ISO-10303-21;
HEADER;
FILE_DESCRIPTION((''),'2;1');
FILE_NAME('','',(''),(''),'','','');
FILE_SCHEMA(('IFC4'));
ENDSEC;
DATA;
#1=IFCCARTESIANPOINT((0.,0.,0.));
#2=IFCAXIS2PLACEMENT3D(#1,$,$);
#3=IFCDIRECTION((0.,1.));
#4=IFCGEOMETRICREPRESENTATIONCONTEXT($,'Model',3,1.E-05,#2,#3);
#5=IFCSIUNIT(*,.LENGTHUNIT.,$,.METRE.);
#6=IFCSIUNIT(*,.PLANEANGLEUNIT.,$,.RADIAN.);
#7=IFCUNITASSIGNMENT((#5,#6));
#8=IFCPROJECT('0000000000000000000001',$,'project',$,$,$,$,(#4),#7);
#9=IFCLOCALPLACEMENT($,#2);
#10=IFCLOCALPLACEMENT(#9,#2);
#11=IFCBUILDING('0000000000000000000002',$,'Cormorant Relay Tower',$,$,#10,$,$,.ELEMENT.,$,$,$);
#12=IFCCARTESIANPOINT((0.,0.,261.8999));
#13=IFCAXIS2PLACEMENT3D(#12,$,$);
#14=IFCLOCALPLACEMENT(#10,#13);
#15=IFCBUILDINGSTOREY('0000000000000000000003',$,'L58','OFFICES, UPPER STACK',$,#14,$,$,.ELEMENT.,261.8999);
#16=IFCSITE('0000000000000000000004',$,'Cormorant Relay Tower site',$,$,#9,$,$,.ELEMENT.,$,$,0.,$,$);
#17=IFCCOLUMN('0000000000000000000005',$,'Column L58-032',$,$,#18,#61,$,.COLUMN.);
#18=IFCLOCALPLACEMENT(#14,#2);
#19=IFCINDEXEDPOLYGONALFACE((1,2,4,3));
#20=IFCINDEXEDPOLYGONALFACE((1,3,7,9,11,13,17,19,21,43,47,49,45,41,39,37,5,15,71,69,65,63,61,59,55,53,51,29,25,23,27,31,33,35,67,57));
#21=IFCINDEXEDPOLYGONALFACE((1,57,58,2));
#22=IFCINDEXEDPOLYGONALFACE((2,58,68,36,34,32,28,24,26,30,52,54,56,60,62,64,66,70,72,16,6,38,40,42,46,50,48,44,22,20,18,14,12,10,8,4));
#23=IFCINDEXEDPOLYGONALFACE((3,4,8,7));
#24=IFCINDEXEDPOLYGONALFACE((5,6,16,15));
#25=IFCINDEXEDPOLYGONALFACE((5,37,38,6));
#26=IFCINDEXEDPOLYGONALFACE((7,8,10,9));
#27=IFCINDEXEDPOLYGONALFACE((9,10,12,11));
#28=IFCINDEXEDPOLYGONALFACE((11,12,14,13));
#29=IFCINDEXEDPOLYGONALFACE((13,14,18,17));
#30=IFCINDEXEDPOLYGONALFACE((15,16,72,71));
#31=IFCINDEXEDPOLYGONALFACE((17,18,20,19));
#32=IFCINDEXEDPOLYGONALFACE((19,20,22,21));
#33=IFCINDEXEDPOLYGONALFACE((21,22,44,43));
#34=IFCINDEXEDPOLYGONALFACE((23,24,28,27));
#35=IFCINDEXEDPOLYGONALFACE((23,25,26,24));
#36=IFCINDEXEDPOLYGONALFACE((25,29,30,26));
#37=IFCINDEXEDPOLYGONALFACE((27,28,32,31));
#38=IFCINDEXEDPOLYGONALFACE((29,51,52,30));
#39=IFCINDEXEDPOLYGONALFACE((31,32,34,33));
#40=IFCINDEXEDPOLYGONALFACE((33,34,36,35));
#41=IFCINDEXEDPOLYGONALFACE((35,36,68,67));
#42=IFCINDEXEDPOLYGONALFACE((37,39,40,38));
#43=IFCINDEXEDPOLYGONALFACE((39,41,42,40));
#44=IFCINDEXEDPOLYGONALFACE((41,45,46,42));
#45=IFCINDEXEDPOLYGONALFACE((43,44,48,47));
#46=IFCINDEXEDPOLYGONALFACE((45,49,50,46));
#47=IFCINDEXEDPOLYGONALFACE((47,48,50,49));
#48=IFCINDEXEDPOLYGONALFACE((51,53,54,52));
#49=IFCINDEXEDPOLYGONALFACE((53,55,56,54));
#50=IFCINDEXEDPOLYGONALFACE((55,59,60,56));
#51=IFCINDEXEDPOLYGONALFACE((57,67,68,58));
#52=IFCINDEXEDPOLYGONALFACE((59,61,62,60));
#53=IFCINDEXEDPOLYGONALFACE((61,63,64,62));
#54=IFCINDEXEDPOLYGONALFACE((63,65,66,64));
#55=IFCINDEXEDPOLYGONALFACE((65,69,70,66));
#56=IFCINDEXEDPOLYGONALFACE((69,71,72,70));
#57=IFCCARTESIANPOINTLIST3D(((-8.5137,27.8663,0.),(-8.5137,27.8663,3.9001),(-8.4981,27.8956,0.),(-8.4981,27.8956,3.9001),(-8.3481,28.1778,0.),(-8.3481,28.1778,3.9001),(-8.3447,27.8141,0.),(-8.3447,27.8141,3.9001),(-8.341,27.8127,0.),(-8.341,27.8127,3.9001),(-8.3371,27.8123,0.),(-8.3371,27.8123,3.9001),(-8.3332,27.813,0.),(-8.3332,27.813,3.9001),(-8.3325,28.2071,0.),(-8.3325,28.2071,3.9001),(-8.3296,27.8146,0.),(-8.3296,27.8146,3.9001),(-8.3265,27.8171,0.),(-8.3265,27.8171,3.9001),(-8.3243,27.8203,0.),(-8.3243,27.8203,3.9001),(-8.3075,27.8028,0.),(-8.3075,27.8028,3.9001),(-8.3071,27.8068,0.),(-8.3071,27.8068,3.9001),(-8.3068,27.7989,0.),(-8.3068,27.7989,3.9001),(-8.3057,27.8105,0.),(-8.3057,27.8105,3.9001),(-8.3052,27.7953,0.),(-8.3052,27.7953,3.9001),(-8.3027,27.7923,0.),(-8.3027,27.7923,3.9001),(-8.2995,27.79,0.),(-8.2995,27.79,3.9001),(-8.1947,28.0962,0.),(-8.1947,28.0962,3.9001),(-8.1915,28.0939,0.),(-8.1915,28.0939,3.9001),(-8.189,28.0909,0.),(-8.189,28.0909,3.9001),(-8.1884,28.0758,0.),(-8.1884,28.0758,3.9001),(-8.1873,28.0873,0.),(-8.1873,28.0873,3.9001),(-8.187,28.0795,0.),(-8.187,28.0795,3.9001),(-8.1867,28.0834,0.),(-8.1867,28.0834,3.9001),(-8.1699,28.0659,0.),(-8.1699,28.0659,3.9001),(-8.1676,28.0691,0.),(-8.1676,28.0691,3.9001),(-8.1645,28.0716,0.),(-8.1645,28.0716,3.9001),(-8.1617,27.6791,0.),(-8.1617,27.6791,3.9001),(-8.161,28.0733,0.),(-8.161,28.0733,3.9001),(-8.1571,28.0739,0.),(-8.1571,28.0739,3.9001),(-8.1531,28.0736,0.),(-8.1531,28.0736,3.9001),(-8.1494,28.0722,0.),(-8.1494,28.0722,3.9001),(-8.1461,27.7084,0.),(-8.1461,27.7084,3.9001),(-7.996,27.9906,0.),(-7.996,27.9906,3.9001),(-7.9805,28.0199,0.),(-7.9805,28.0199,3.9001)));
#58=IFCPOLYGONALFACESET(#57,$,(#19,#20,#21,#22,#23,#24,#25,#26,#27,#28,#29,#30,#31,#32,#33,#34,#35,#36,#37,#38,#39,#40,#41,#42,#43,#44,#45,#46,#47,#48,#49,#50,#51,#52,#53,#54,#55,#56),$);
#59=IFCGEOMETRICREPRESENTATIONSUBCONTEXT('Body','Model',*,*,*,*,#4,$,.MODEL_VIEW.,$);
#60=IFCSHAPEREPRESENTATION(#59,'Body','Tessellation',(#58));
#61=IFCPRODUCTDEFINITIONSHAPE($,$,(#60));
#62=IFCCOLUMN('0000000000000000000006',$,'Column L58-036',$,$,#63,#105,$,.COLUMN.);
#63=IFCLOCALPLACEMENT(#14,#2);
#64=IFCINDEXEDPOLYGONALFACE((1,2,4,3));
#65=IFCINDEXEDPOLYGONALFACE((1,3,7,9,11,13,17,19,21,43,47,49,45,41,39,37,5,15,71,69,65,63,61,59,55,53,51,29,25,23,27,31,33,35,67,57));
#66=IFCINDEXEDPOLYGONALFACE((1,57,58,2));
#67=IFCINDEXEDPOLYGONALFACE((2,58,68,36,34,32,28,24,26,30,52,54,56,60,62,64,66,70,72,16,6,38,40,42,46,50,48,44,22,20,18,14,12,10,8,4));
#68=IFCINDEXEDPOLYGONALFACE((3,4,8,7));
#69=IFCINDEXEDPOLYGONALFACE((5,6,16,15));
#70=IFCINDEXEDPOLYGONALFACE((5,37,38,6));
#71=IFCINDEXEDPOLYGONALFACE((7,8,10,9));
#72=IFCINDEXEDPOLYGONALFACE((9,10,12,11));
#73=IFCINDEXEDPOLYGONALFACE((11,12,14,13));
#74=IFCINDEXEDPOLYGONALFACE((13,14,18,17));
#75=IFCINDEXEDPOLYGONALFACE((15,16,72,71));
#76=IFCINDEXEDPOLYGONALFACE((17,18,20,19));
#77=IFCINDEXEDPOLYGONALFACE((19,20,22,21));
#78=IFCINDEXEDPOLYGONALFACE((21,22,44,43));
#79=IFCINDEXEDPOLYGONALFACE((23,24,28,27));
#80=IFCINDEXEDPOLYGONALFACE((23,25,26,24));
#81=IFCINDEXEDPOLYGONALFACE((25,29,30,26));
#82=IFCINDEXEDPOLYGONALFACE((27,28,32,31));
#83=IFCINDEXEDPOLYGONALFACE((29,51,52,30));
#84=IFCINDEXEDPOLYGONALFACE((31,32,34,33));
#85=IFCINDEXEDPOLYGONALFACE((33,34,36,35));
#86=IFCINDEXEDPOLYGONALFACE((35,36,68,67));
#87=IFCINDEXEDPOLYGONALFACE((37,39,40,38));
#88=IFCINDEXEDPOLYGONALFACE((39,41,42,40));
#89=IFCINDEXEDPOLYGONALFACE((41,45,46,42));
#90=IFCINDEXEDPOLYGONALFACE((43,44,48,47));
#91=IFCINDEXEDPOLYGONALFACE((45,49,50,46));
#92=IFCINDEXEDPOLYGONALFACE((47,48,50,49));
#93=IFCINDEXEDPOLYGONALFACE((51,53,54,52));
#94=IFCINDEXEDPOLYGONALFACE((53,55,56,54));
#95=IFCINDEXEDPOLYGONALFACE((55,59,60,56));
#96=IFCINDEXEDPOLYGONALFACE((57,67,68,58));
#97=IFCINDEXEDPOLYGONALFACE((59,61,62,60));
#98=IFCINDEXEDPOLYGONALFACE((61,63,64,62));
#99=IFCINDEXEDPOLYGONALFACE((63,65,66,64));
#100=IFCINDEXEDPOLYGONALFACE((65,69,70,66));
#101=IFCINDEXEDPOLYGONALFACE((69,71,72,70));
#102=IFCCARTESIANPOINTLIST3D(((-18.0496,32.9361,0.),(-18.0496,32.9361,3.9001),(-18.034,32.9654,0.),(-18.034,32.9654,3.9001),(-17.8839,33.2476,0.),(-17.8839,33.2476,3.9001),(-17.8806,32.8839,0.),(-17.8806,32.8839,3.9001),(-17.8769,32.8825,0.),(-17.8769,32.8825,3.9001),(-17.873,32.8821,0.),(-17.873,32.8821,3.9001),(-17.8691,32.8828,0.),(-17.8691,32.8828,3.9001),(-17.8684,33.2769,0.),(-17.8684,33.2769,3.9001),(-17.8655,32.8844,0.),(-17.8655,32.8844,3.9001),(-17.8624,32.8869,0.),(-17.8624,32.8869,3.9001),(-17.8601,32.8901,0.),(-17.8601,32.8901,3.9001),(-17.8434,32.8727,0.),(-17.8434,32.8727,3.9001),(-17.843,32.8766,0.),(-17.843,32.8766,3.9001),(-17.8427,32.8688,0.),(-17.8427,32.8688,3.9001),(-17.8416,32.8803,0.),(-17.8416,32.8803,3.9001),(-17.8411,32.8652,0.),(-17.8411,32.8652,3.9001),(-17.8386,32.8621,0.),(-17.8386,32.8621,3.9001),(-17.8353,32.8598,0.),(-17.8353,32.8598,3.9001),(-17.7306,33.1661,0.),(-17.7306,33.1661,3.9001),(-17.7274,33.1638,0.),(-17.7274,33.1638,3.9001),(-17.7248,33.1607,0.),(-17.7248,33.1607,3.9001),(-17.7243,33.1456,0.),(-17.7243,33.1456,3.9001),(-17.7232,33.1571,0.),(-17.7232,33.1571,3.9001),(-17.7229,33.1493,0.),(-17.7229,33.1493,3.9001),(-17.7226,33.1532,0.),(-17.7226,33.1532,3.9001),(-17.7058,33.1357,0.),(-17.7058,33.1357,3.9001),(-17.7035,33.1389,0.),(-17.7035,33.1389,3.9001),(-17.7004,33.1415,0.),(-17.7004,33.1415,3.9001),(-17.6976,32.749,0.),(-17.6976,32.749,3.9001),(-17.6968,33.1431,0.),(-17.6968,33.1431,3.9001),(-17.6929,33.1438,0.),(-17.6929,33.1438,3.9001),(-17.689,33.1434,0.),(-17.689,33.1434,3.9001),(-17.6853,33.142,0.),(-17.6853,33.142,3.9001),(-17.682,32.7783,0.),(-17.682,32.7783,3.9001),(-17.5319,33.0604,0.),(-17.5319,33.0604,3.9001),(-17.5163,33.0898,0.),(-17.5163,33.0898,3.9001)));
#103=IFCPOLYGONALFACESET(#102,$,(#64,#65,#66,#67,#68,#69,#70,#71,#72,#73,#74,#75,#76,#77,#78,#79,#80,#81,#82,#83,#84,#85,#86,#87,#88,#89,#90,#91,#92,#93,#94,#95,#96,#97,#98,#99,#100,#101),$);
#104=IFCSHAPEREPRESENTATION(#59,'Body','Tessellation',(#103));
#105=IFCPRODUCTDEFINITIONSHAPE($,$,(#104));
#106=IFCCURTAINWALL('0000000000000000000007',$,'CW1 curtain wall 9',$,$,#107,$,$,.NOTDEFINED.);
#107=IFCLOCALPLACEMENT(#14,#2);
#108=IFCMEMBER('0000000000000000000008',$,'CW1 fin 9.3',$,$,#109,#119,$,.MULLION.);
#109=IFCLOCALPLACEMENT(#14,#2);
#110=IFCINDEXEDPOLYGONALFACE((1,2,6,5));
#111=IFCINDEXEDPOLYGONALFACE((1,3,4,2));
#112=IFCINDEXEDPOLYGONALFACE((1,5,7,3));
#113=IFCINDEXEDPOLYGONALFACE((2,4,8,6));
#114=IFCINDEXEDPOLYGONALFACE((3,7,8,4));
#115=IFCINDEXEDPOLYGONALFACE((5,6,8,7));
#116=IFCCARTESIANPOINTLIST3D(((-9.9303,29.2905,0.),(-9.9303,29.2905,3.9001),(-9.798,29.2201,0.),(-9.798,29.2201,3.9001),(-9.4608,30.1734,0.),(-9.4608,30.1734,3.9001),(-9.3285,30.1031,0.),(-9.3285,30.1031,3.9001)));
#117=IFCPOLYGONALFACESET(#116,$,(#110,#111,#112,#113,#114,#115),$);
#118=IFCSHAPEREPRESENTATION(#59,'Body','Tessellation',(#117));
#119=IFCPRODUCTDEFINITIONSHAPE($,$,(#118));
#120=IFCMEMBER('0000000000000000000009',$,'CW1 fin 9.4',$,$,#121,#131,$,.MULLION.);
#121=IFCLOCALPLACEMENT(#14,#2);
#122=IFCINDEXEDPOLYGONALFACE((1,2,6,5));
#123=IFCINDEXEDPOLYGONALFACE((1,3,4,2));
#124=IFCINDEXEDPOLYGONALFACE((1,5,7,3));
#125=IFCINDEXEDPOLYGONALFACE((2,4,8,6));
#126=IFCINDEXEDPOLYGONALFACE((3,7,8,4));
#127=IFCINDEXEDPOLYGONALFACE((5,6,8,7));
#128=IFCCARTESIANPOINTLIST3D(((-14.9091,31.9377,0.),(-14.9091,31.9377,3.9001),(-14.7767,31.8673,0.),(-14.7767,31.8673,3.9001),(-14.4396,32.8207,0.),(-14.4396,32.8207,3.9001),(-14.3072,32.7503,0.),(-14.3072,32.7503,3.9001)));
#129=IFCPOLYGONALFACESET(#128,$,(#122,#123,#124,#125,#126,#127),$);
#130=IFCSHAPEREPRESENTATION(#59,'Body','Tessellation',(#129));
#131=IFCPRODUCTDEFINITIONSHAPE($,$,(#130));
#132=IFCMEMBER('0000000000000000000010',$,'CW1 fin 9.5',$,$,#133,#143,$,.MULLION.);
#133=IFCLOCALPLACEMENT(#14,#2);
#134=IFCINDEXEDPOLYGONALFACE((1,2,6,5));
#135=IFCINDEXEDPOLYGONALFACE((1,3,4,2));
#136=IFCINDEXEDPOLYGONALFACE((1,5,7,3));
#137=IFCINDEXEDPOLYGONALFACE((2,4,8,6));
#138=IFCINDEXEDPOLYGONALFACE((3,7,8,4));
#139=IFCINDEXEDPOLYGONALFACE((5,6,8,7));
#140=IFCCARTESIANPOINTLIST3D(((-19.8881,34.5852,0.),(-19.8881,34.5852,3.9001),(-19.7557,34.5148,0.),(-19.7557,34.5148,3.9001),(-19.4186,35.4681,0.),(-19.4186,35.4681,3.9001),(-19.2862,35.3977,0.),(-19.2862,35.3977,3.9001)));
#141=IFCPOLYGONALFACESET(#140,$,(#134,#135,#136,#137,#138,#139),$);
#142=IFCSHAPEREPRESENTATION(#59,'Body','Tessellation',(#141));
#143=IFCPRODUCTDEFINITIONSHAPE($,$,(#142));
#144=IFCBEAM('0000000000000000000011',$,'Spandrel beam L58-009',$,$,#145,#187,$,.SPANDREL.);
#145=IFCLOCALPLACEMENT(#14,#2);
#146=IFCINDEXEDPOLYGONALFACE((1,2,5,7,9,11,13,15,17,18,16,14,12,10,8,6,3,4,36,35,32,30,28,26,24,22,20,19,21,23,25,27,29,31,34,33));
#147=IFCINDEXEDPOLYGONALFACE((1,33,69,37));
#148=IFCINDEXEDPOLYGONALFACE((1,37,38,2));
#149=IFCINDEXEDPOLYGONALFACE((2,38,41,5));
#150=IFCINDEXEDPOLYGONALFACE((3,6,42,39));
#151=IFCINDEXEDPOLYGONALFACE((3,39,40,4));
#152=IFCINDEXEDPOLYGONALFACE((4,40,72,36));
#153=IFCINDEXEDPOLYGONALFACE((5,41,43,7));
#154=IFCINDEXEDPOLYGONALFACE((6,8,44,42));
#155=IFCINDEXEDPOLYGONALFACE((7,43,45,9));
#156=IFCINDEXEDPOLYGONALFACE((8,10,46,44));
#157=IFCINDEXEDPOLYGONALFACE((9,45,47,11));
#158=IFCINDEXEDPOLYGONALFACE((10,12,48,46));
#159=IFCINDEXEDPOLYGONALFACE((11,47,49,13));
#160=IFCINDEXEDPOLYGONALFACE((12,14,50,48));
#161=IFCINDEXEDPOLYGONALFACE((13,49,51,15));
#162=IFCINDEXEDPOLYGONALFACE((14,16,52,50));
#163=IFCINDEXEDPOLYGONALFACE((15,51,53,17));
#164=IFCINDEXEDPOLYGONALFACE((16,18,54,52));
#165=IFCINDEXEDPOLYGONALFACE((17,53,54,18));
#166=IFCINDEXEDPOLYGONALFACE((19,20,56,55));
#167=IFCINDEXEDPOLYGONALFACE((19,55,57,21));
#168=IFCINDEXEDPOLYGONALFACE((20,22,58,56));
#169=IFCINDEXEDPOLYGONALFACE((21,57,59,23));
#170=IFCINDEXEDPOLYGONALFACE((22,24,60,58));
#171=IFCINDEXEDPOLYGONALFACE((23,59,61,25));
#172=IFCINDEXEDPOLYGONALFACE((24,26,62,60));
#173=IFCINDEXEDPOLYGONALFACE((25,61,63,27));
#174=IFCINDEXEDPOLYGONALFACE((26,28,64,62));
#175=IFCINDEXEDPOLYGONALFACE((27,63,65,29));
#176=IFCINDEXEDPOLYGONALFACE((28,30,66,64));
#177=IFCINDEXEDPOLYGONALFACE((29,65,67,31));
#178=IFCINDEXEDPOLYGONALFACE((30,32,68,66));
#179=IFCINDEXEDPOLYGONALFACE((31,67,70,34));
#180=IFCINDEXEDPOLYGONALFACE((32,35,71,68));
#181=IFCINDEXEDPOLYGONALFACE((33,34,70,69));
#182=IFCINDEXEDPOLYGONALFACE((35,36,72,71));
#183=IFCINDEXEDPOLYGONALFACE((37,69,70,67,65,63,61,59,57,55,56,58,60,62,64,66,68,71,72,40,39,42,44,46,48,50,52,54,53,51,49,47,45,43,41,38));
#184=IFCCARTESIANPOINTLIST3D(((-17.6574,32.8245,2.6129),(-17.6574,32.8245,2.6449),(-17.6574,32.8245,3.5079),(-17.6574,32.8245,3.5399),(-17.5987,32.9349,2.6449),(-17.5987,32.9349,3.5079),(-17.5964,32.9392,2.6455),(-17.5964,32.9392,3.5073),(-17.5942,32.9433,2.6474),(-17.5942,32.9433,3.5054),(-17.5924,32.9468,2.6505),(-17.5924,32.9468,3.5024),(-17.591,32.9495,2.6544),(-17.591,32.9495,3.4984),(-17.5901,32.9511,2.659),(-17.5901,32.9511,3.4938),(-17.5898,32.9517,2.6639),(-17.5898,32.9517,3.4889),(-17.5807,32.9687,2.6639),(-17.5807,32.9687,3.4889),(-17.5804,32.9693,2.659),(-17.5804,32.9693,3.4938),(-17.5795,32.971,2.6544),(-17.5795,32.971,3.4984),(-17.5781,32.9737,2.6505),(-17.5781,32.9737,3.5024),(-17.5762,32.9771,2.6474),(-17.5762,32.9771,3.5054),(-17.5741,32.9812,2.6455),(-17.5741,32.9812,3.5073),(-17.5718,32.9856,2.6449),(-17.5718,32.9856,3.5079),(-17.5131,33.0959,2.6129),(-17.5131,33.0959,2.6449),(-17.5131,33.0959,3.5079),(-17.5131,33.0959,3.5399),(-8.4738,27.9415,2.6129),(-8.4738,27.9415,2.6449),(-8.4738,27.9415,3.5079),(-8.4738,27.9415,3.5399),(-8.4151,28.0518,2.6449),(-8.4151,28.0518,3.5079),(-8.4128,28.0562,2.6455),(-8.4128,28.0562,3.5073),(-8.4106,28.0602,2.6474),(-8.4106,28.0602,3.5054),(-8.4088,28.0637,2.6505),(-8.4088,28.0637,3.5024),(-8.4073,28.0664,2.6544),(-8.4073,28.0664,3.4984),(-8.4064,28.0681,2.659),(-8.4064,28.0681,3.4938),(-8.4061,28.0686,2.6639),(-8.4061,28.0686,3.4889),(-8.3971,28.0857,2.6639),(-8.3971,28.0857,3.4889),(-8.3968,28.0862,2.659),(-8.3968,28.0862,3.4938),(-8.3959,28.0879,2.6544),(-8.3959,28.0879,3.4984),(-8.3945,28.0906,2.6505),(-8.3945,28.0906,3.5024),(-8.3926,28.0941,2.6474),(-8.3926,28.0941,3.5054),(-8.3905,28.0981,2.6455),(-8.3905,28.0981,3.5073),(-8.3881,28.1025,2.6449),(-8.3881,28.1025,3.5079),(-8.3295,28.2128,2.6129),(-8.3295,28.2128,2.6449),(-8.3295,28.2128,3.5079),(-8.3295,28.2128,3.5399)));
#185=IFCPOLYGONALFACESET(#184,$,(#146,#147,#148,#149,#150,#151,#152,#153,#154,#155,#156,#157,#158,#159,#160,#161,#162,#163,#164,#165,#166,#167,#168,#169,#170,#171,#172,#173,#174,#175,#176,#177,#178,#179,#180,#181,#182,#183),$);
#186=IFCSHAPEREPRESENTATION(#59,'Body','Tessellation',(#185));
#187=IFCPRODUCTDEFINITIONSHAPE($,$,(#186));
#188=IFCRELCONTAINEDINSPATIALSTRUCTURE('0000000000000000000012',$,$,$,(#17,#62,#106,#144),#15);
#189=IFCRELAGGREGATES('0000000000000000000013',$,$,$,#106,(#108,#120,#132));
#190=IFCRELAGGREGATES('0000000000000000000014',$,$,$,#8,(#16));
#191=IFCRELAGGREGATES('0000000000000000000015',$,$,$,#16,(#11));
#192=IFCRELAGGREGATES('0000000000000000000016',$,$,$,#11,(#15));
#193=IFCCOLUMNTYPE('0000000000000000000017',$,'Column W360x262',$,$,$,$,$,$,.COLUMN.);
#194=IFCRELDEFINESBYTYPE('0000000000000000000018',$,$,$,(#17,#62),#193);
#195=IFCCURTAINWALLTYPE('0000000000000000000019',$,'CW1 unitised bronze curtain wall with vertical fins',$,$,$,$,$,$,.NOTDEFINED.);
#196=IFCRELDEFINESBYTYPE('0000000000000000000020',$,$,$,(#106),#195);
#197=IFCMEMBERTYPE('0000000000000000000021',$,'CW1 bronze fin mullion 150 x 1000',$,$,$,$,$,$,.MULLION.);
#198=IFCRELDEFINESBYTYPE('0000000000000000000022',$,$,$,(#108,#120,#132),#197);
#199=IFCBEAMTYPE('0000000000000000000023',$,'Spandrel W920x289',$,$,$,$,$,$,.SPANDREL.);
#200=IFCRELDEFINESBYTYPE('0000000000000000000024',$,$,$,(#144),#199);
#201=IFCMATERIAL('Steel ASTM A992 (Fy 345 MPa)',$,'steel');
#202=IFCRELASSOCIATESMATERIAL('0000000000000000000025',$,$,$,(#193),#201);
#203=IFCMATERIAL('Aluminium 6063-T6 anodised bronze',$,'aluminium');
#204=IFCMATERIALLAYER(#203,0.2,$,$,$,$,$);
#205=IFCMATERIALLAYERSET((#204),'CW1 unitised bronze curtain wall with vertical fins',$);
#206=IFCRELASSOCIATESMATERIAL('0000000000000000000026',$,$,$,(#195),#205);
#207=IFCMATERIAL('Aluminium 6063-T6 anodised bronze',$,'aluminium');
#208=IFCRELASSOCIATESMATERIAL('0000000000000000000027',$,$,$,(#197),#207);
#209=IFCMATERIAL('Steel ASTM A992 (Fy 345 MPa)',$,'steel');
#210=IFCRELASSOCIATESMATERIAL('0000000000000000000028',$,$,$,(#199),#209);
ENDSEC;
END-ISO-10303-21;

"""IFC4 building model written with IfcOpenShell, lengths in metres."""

from ifc_helpers import new_model, si_unit, direction, frame, origin, origin_2d, place, context, subcontext, project, spatial, rectangle, i_section, extrude, material, layer, layer_set, material_profile, profile_set, type_object, element, aggregate, save


model = new_model("IFC4")

# Units and contexts
model_context = context("Model", 3, precision=1e-05, world=origin(), true_north=direction((0.0, 1.0)))
body_context = subcontext(model_context, "Body", "Model", "MODEL_VIEW")
ifc_project = project(units=[si_unit("LENGTHUNIT", "METRE"), si_unit("PLANEANGLEUNIT", "RADIAN")], contexts=[model_context])

# Site, building, storey
site_placement = place(None, origin())
site = spatial("IfcSite", under=ifc_project, at=site_placement, Name="Cormorant Relay Tower site", CompositionType="ELEMENT", RefElevation=0.0)
building_placement = place(site_placement, origin())
building = spatial("IfcBuilding", under=site, at=building_placement, Name="Cormorant Relay Tower", CompositionType="ELEMENT")
storey_placement = place(building_placement, frame((0.0, 0.0, 261.8999)))
storey = spatial("IfcBuildingStorey", under=building, at=storey_placement, Name="L58", Description="OFFICES, UPPER STACK", CompositionType="ELEMENT", Elevation=261.8999)

# Columns
ifc_material_1 = material(Name="Steel ASTM A992 (Fy 345 MPa)", Category="steel")
ifc_material_profile_1 = material_profile(ifc_material_1, i_section(OverallWidth=0.3987, OverallDepth=0.386, WebThickness=0.021, FlangeThickness=0.0332, FilletRadius=0.0151, at=origin_2d()), Name="W360x262")
ifc_profile_set_1 = profile_set([ifc_material_profile_1], Name="Steel ASTM A992 (Fy 345 MPa)")
column_type = type_object("IfcColumnType", Name="Column W360x262", PredefinedType="COLUMN", material=ifc_profile_set_1)
for number, where, z_axis, x_axis, name in (
    (1, (-8.2471, 27.9431, 0.0), (0.0, 0.0, 1.0), (-0.882948, 0.469472, 0.0), "Column L58-032"),
    (2, (-17.783, 33.0129, 0.0), (0.0, 0.0, 1.0), (-0.882948, 0.469472, 0.0), "Column L58-036"),
):
    element("IfcColumn", number, at=place(storey_placement, frame(where, z_axis=z_axis, x_axis=x_axis)), inside=storey, type_object=column_type, Name=name, PredefinedType="COLUMN", context=body_context, shape_type="SweptSolid", body=[
        extrude(i_section(OverallWidth=0.3987, OverallDepth=0.386, WebThickness=0.021, FlangeThickness=0.0332, FilletRadius=0.0151, at=origin_2d()), origin(), (0.0, 0.0, 1.0), 3.9001),
    ])

# Curtain wall, members
ifc_material_2 = material(Name="Aluminium 6063-T6 anodised bronze", Category="aluminium")
ifc_layer_1 = layer(ifc_material_2, 0.2)
ifc_layer_set_1 = layer_set([ifc_layer_1], Name="CW1 unitised bronze curtain wall with vertical fins")
curtain_wall_type = type_object("IfcCurtainWallType", Name="CW1 unitised bronze curtain wall with vertical fins", PredefinedType="NOTDEFINED", material=ifc_layer_set_1)
curtain_wall_placement = place(storey_placement, origin())
curtain_wall = element("IfcCurtainWall", 3, at=curtain_wall_placement, inside=storey, type_object=curtain_wall_type, Name="CW1 curtain wall 9", PredefinedType="NOTDEFINED")
ifc_material_3 = material(Name="Aluminium 6063-T6 anodised bronze", Category="aluminium")
ifc_material_profile_2 = material_profile(ifc_material_3, rectangle(XDim=0.1499, YDim=1.0, at=origin_2d()), Name="AL 150x1000")
ifc_profile_set_2 = profile_set([ifc_material_profile_2], Name="Aluminium 6063-T6 anodised bronze")
member_type = type_object("IfcMemberType", Name="CW1 bronze fin mullion 150 x 1000", PredefinedType="MULLION", material=ifc_profile_set_2)
member_1_placement = place(storey_placement, frame((-9.6294, 29.6968, 0.0), z_axis=(0.0, 0.0, 1.0), x_axis=(-0.882948, 0.469472, 0.0)))
member_1 = element("IfcMember", 4, at=member_1_placement, type_object=member_type, Name="CW1 fin 9.3", PredefinedType="MULLION", context=body_context, shape_type="SweptSolid", body=[
    extrude(rectangle(XDim=0.1499, YDim=1.0, at=origin_2d()), origin(), (0.0, 0.0, 1.0), 3.9001),
])
member_2_placement = place(storey_placement, frame((-14.6082, 32.344, 0.0), z_axis=(0.0, 0.0, 1.0), x_axis=(-0.882948, 0.469472, 0.0)))
member_2 = element("IfcMember", 5, at=member_2_placement, type_object=member_type, Name="CW1 fin 9.4", PredefinedType="MULLION", context=body_context, shape_type="SweptSolid", body=[
    extrude(rectangle(XDim=0.1499, YDim=1.0, at=origin_2d()), origin(), (0.0, 0.0, 1.0), 3.9001),
])
member_3_placement = place(storey_placement, frame((-19.5872, 34.9915, 0.0), z_axis=(0.0, 0.0, 1.0), x_axis=(-0.882948, 0.469472, 0.0)))
member_3 = element("IfcMember", 6, at=member_3_placement, type_object=member_type, Name="CW1 fin 9.5", PredefinedType="MULLION", context=body_context, shape_type="SweptSolid", body=[
    extrude(rectangle(XDim=0.1499, YDim=1.0, at=origin_2d()), origin(), (0.0, 0.0, 1.0), 3.9001),
])

# Beam
ifc_material_4 = material(Name="Steel ASTM A992 (Fy 345 MPa)", Category="steel")
ifc_material_profile_3 = material_profile(ifc_material_4, i_section(OverallWidth=0.3074, OverallDepth=0.927, WebThickness=0.0193, FlangeThickness=0.032, FilletRadius=0.019, at=origin_2d()), Name="W920x289")
ifc_profile_set_3 = profile_set([ifc_material_profile_3], Name="Steel ASTM A992 (Fy 345 MPa)")
beam_type_1 = type_object("IfcBeamType", Name="Spandrel W920x289", PredefinedType="SPANDREL", material=ifc_profile_set_3)
beam_1_placement = place(storey_placement, frame((-8.4016, 28.0771, 3.0764), z_axis=(-0.882945, 0.469476, 0.0), x_axis=(-0.469476, -0.882945, 0.0)))
element("IfcBeam", 7, at=beam_1_placement, inside=storey, type_object=beam_type_1, Name="Spandrel beam L58-009", PredefinedType="SPANDREL", context=body_context, shape_type="SweptSolid", body=[
    extrude(i_section(OverallWidth=0.3074, OverallDepth=0.927, WebThickness=0.0193, FlangeThickness=0.032, FilletRadius=0.019, at=origin_2d()), origin(), (0.0, 0.0, 1.0), 10.4011),
])

aggregate(curtain_wall, [member_1, member_2, member_3])

save(model, "model.ifc")
